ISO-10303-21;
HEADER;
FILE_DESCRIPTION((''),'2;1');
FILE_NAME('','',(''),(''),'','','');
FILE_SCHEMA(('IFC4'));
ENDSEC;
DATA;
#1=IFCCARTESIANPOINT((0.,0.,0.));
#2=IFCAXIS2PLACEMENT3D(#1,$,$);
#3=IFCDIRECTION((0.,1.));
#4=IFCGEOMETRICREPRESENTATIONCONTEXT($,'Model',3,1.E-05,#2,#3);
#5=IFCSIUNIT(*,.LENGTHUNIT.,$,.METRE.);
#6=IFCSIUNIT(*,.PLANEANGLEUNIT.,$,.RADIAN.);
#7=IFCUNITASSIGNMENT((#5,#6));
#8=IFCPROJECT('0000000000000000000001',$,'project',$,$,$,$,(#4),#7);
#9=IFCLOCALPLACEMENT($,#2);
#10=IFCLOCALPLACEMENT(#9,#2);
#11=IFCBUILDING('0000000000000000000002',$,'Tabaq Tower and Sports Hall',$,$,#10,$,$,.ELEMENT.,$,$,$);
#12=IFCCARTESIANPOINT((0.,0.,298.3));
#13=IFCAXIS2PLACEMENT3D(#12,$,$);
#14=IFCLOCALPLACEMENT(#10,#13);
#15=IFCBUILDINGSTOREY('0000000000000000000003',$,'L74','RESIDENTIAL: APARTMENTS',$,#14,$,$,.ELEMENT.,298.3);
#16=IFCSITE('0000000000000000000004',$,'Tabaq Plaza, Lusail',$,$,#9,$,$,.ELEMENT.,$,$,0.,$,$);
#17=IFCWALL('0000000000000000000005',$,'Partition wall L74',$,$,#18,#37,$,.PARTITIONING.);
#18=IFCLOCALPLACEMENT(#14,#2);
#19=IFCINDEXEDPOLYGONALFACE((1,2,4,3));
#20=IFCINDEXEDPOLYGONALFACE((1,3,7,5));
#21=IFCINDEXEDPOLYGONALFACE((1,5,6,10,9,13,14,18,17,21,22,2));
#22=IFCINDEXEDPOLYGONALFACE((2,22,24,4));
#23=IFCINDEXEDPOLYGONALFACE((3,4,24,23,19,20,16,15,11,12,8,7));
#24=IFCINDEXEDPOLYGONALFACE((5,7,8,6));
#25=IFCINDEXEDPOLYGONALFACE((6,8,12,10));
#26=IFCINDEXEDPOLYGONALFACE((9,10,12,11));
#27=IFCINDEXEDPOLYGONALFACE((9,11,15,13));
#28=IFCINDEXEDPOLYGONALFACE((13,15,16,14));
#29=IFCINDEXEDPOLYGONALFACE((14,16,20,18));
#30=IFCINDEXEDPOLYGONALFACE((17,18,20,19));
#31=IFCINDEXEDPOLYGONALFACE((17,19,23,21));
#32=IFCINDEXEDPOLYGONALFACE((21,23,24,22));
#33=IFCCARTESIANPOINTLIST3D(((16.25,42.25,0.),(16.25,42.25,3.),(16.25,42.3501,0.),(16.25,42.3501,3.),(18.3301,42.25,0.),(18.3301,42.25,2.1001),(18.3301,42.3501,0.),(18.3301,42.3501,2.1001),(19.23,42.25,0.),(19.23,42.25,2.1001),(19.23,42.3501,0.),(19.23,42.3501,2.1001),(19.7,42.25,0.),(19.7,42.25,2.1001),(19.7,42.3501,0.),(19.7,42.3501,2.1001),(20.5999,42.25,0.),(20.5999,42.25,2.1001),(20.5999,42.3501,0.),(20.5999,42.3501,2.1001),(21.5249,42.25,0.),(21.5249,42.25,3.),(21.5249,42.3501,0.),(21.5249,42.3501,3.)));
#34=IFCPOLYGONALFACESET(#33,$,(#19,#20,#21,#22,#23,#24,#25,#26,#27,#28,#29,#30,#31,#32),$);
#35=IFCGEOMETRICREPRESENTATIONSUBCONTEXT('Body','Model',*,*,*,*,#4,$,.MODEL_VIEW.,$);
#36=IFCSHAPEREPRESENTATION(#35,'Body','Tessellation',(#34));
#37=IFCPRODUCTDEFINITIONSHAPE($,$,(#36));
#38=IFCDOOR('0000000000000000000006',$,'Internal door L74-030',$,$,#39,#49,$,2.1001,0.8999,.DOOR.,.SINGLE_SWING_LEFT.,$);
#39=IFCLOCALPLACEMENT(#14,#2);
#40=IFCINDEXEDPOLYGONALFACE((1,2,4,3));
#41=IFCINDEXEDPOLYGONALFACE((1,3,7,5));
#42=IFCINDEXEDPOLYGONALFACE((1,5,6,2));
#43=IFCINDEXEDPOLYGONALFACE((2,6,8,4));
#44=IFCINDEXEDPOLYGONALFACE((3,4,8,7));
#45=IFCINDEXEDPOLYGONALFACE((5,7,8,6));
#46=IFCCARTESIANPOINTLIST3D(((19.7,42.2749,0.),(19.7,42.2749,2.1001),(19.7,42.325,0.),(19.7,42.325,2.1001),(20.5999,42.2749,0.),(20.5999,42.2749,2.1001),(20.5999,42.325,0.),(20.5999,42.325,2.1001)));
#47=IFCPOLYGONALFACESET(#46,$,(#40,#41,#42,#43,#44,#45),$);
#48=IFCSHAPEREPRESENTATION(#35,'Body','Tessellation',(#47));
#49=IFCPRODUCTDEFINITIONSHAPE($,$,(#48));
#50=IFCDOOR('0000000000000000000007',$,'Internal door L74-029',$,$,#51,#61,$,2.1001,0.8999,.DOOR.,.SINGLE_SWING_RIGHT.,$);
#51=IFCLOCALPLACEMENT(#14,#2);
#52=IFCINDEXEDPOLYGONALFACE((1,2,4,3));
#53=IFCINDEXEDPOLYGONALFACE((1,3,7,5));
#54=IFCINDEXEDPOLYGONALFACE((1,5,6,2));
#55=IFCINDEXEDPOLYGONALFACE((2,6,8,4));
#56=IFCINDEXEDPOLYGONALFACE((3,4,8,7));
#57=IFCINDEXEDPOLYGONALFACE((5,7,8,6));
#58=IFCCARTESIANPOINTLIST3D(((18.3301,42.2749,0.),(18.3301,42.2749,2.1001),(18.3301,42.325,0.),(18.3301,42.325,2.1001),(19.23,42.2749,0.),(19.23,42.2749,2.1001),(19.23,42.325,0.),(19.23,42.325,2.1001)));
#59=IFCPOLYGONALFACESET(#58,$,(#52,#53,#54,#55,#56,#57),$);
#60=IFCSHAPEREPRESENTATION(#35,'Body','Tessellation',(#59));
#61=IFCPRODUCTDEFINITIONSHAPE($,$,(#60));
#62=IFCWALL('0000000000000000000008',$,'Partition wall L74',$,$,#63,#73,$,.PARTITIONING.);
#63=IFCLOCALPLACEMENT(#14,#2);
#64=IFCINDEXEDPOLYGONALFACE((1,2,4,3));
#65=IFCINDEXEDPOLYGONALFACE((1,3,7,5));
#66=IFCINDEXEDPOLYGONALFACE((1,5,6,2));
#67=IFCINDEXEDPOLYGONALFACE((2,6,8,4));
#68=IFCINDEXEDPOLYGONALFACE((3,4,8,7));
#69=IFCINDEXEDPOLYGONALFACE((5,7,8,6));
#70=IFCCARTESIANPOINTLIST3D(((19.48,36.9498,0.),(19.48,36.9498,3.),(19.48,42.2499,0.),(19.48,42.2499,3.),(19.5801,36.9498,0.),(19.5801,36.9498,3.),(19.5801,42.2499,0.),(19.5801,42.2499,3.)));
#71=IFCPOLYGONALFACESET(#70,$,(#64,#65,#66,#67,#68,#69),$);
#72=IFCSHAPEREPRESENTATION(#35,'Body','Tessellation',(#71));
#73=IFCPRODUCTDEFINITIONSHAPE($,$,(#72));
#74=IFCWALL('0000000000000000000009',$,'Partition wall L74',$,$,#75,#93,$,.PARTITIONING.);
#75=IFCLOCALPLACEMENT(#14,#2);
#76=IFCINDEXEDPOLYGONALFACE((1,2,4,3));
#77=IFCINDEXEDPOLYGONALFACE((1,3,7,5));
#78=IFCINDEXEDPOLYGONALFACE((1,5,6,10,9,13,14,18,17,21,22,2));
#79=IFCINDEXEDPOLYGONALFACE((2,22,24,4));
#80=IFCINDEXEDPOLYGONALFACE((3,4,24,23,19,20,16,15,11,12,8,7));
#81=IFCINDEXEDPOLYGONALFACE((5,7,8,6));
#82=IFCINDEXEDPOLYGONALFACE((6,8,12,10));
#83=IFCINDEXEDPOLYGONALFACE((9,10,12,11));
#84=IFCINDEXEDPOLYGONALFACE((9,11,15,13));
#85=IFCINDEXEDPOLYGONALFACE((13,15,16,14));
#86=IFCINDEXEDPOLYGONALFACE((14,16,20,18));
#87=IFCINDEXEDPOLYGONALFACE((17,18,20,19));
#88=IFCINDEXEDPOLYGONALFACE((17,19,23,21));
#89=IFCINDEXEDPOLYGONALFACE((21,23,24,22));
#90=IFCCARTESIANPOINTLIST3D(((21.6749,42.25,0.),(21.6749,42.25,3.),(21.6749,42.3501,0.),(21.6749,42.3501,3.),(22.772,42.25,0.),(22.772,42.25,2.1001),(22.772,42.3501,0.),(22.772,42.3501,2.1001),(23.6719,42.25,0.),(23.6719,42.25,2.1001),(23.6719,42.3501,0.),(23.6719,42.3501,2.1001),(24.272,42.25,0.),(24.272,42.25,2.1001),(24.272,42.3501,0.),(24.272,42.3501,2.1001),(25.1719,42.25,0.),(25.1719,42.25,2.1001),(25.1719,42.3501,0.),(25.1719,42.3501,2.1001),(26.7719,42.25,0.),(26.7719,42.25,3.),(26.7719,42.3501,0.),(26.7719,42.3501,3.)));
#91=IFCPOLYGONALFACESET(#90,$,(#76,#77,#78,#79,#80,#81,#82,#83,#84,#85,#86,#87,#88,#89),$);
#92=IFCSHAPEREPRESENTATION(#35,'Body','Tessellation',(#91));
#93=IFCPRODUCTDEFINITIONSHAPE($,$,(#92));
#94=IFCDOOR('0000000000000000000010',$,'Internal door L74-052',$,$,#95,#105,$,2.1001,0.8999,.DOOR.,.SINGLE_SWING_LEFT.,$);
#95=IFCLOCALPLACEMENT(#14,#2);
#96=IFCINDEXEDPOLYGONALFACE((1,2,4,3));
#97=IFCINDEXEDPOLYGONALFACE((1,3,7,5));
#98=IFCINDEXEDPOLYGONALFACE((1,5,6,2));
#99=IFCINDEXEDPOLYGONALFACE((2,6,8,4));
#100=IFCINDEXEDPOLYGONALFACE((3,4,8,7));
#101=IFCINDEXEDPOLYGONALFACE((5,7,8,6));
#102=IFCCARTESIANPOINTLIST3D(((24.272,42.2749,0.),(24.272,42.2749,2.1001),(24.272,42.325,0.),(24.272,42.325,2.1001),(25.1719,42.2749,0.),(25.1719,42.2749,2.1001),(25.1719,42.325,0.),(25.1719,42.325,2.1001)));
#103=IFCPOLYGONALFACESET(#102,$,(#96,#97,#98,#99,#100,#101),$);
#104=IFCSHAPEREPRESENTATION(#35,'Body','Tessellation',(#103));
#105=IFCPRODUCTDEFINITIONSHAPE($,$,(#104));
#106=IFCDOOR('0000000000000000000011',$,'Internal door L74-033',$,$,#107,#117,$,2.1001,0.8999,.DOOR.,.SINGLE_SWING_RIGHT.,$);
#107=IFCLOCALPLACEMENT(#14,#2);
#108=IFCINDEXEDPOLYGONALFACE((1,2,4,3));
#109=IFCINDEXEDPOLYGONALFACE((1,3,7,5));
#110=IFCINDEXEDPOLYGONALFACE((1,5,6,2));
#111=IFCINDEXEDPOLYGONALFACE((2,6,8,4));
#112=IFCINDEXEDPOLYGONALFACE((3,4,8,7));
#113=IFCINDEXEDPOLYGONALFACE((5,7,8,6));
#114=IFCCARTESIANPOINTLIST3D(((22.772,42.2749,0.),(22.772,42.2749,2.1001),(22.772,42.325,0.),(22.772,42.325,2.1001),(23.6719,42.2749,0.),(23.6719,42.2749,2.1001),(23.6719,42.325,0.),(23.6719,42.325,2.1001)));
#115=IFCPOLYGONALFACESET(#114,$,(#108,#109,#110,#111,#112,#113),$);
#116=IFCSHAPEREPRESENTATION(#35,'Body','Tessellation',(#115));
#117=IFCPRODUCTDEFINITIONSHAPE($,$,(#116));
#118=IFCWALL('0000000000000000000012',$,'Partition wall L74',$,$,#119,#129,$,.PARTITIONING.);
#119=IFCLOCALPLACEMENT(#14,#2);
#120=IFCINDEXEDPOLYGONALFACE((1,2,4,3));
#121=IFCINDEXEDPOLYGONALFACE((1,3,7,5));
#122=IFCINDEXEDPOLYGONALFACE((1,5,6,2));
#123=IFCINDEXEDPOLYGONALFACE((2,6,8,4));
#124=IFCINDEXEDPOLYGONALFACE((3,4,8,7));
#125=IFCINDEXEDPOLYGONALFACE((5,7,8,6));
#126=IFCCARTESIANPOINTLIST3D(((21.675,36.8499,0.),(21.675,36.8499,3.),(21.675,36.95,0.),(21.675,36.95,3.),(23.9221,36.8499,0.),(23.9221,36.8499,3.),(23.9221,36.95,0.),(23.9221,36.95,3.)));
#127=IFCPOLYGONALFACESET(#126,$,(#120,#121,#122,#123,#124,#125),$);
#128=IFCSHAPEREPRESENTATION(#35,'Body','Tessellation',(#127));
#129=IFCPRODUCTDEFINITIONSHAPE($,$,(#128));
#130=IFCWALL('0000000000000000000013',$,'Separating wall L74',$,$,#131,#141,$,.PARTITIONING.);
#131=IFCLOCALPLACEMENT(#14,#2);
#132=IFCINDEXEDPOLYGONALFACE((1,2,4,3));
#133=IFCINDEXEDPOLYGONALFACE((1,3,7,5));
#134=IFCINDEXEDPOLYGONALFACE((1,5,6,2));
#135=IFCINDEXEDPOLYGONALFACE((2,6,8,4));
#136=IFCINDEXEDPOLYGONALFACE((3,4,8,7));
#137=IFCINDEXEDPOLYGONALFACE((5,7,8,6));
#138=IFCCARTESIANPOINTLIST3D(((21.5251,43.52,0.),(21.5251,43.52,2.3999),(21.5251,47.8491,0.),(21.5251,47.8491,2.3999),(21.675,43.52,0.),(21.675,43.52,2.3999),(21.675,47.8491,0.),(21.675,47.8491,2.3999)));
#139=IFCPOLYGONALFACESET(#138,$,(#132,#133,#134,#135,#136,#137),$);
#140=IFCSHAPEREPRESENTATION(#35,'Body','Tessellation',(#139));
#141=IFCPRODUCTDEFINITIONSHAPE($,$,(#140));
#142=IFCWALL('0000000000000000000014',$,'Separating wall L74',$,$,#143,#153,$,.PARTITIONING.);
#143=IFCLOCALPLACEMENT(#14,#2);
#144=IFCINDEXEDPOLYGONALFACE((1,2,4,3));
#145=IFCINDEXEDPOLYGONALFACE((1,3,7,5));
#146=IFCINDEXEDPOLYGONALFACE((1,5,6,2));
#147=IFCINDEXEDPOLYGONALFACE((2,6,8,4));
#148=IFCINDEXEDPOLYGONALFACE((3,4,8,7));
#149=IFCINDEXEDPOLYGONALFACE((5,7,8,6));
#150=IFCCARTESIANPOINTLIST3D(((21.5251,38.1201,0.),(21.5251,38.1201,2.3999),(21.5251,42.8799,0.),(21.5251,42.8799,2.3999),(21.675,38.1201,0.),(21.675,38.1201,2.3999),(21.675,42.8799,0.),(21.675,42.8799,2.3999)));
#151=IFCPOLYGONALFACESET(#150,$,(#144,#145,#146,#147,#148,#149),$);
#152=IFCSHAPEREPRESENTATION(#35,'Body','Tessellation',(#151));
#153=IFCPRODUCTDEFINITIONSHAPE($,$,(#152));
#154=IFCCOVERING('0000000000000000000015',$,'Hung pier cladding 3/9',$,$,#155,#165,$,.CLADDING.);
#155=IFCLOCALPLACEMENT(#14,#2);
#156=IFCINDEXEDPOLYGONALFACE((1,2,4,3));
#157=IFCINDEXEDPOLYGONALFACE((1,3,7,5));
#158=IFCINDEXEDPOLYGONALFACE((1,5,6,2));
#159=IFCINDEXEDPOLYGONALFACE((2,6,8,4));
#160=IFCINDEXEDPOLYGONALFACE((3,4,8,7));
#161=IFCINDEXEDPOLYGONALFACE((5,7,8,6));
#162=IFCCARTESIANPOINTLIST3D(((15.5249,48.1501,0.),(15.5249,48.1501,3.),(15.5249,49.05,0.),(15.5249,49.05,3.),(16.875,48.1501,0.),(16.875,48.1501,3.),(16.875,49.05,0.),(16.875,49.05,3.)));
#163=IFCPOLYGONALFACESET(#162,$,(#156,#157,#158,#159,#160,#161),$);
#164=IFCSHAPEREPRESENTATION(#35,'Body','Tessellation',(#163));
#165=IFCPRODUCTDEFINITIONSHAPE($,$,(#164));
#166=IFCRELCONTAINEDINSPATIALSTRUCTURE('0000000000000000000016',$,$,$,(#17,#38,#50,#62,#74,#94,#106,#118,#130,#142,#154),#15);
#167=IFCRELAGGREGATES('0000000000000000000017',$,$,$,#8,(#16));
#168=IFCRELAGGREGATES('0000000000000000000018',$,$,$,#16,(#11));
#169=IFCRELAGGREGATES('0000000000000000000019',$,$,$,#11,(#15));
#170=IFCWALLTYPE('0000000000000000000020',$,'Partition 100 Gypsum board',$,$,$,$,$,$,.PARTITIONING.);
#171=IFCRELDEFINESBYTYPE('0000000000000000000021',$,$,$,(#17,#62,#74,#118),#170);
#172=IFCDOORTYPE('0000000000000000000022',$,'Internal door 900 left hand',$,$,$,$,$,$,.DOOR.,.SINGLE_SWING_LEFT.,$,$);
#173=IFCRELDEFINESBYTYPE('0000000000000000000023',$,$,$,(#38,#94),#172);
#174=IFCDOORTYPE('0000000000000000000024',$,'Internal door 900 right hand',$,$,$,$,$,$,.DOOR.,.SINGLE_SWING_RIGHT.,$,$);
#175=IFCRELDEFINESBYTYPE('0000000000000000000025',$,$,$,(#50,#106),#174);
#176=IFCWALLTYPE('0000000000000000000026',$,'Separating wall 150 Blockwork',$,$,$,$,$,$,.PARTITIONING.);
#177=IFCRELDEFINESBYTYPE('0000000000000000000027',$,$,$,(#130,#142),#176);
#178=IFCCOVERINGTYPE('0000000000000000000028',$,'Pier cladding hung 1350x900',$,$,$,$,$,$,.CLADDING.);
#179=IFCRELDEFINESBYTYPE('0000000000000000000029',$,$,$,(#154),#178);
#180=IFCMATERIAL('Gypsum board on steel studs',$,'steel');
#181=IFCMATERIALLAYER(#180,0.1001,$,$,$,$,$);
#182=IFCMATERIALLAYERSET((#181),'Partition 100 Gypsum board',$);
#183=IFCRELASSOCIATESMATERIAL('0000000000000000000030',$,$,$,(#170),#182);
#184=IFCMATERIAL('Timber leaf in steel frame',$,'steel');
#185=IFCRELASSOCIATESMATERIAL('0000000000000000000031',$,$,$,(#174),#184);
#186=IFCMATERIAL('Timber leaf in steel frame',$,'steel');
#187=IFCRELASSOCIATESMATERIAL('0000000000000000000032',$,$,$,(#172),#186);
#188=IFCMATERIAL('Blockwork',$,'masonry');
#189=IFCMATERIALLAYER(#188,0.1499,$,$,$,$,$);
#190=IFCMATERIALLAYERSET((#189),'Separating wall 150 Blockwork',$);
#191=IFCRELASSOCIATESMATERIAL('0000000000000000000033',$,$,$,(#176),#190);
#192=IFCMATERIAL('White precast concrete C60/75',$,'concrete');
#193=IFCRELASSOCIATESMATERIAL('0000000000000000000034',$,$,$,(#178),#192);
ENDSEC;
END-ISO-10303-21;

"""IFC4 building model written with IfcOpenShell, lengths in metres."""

from ifc_helpers import new_model, si_unit, direction, frame, frame_2d, origin, place, context, subcontext, project, spatial, rectangle, extrude, material, layer, layer_set, type_object, element, fill, save


model = new_model("IFC4")

# Units and contexts
model_context = context("Model", 3, precision=1e-05, world=origin(), true_north=direction((0.0, 1.0)))
body_context = subcontext(model_context, "Body", "Model", "MODEL_VIEW")
ifc_project = project(units=[si_unit("LENGTHUNIT", "METRE"), si_unit("PLANEANGLEUNIT", "RADIAN")], contexts=[model_context])

# Site, building, storey
site_placement = place(None, origin())
site = spatial("IfcSite", under=ifc_project, at=site_placement, Name="Tabaq Plaza, Lusail", CompositionType="ELEMENT", RefElevation=0.0)
building_placement = place(site_placement, origin())
building = spatial("IfcBuilding", under=site, at=building_placement, Name="Tabaq Tower and Sports Hall", CompositionType="ELEMENT")
storey_placement = place(building_placement, frame((0.0, 0.0, 298.3)))
storey = spatial("IfcBuildingStorey", under=building, at=storey_placement, Name="L74", Description="RESIDENTIAL: APARTMENTS", CompositionType="ELEMENT", Elevation=298.3)

# Shared definitions
ifc_material_1 = material(Name="Gypsum board on steel studs", Category="steel")
ifc_layer_1 = layer(ifc_material_1, 0.1001)
ifc_layer_set_1 = layer_set([ifc_layer_1], Name="Partition 100 Gypsum board")
wall_type_1 = type_object("IfcWallType", Name="Partition 100 Gypsum board", PredefinedType="PARTITIONING", material=ifc_layer_set_1)

# Shared definitions
ifc_material_2 = material(Name="Timber leaf in steel frame", Category="steel")
door_type_1 = type_object("IfcDoorType", Name="Internal door 900 right hand", OperationType="SINGLE_SWING_RIGHT", PredefinedType="DOOR", material=ifc_material_2)

# Wall, openings, doors
wall_1_placement = place(storey_placement, frame((16.25, 42.3, 0.0), z_axis=(0.0, 0.0, 1.0), x_axis=(1.0, 0.0, 0.0)))
wall_1 = element("IfcWall", 1, at=wall_1_placement, inside=storey, type_object=wall_type_1, Name="Partition wall L74", PredefinedType="PARTITIONING", context=body_context, shape_type="SweptSolid", body=[
    extrude(rectangle(XDim=5.2749, YDim=0.1001, at=frame_2d((2.6375, 0.0))), origin(), (0.0, 0.0, 1.0), 3.0),
])
opening_1_placement = place(wall_1_placement, frame((2.0801, 0.0, 0.0)))
opening_1 = element("IfcOpeningElement", 2, at=opening_1_placement, cuts=wall_1, PredefinedType="OPENING", context=body_context, shape_type="SweptSolid", body=[
    extrude(rectangle(XDim=0.8999, YDim=2.1001, at=frame_2d((0.45, 1.05))), frame((0.0, 0.05, 0.0), z_axis=(0.0, -1.0, 0.0), x_axis=(1.0, 0.0, 0.0)), (0.0, 0.0, 1.0), 0.1001),
])
opening_2_placement = place(wall_1_placement, frame((3.45, 0.0, 0.0)))
opening_2 = element("IfcOpeningElement", 3, at=opening_2_placement, cuts=wall_1, PredefinedType="OPENING", context=body_context, shape_type="SweptSolid", body=[
    extrude(rectangle(XDim=0.8999, YDim=2.1001, at=frame_2d((0.45, 1.05))), frame((0.0, 0.05, 0.0), z_axis=(0.0, -1.0, 0.0), x_axis=(1.0, 0.0, 0.0)), (0.0, 0.0, 1.0), 0.1001),
])
ifc_material_3 = material(Name="Timber leaf in steel frame", Category="steel")
door_type_2 = type_object("IfcDoorType", Name="Internal door 900 left hand", OperationType="SINGLE_SWING_LEFT", PredefinedType="DOOR", material=ifc_material_3)
door_1_placement = place(opening_2_placement, origin())
door_1 = element("IfcDoor", 4, at=door_1_placement, inside=storey, type_object=door_type_2, Name="Internal door L74-030", OperationType="SINGLE_SWING_LEFT", OverallHeight=2.1001, OverallWidth=0.8999, PredefinedType="DOOR", context=body_context, shape_type="SweptSolid", body=[
    extrude(rectangle(XDim=0.8999, YDim=2.1001, at=frame_2d((0.45, 1.05))), frame((0.0, 0.0249, 0.0), z_axis=(0.0, -1.0, 0.0), x_axis=(1.0, 0.0, 0.0)), (0.0, 0.0, 1.0), 0.05),
])
fill(opening_2, door_1)
door_2_placement = place(opening_1_placement, origin())
door_2 = element("IfcDoor", 5, at=door_2_placement, inside=storey, type_object=door_type_1, Name="Internal door L74-029", OperationType="SINGLE_SWING_RIGHT", OverallHeight=2.1001, OverallWidth=0.8999, PredefinedType="DOOR", context=body_context, shape_type="SweptSolid", body=[
    extrude(rectangle(XDim=0.8999, YDim=2.1001, at=frame_2d((0.45, 1.05))), frame((0.0, 0.0249, 0.0), z_axis=(0.0, -1.0, 0.0), x_axis=(1.0, 0.0, 0.0)), (0.0, 0.0, 1.0), 0.05),
])
fill(opening_1, door_2)

# Wall
wall_2_placement = place(storey_placement, frame((19.53, 36.95, 0.0), z_axis=(0.0, 0.0, 1.0), x_axis=(0.0, 1.0, 0.0)))
element("IfcWall", 6, at=wall_2_placement, inside=storey, type_object=wall_type_1, Name="Partition wall L74", PredefinedType="PARTITIONING", context=body_context, shape_type="SweptSolid", body=[
    extrude(rectangle(XDim=5.3, YDim=0.1001, at=frame_2d((2.6499, 0.0))), origin(), (0.0, 0.0, 1.0), 3.0),
])

# Wall, openings, doors
wall_3_placement = place(storey_placement, frame((21.675, 42.3, 0.0), z_axis=(0.0, 0.0, 1.0), x_axis=(1.0, 0.0, 0.0)))
wall_3 = element("IfcWall", 7, at=wall_3_placement, inside=storey, type_object=wall_type_1, Name="Partition wall L74", PredefinedType="PARTITIONING", context=body_context, shape_type="SweptSolid", body=[
    extrude(rectangle(XDim=5.0969, YDim=0.1001, at=frame_2d((2.5483, 0.0))), origin(), (0.0, 0.0, 1.0), 3.0),
])
opening_3_placement = place(wall_3_placement, frame((1.0969, 0.0, 0.0)))
opening_3 = element("IfcOpeningElement", 8, at=opening_3_placement, cuts=wall_3, PredefinedType="OPENING", context=body_context, shape_type="SweptSolid", body=[
    extrude(rectangle(XDim=0.8999, YDim=2.1001, at=frame_2d((0.45, 1.05))), frame((0.0, 0.05, 0.0), z_axis=(0.0, -1.0, 0.0), x_axis=(1.0, 0.0, 0.0)), (0.0, 0.0, 1.0), 0.1001),
])
opening_4_placement = place(wall_3_placement, frame((2.5969, 0.0, 0.0)))
opening_4 = element("IfcOpeningElement", 9, at=opening_4_placement, cuts=wall_3, PredefinedType="OPENING", context=body_context, shape_type="SweptSolid", body=[
    extrude(rectangle(XDim=0.8999, YDim=2.1001, at=frame_2d((0.45, 1.05))), frame((0.0, 0.05, 0.0), z_axis=(0.0, -1.0, 0.0), x_axis=(1.0, 0.0, 0.0)), (0.0, 0.0, 1.0), 0.1001),
])
door_3_placement = place(opening_4_placement, origin())
door_3 = element("IfcDoor", 10, at=door_3_placement, inside=storey, type_object=door_type_2, Name="Internal door L74-052", OperationType="SINGLE_SWING_LEFT", OverallHeight=2.1001, OverallWidth=0.8999, PredefinedType="DOOR", context=body_context, shape_type="SweptSolid", body=[
    extrude(rectangle(XDim=0.8999, YDim=2.1001, at=frame_2d((0.45, 1.05))), frame((0.0, 0.0249, 0.0), z_axis=(0.0, -1.0, 0.0), x_axis=(1.0, 0.0, 0.0)), (0.0, 0.0, 1.0), 0.05),
])
fill(opening_4, door_3)
door_4_placement = place(opening_3_placement, origin())
door_4 = element("IfcDoor", 11, at=door_4_placement, inside=storey, type_object=door_type_1, Name="Internal door L74-033", OperationType="SINGLE_SWING_RIGHT", OverallHeight=2.1001, OverallWidth=0.8999, PredefinedType="DOOR", context=body_context, shape_type="SweptSolid", body=[
    extrude(rectangle(XDim=0.8999, YDim=2.1001, at=frame_2d((0.45, 1.05))), frame((0.0, 0.0249, 0.0), z_axis=(0.0, -1.0, 0.0), x_axis=(1.0, 0.0, 0.0)), (0.0, 0.0, 1.0), 0.05),
])
fill(opening_3, door_4)

# Walls
wall_4_placement = place(storey_placement, frame((21.675, 36.8999, 0.0), z_axis=(0.0, 0.0, 1.0), x_axis=(1.0, 0.0, 0.0)))
element("IfcWall", 12, at=wall_4_placement, inside=storey, type_object=wall_type_1, Name="Partition wall L74", PredefinedType="PARTITIONING", context=body_context, shape_type="SweptSolid", body=[
    extrude(rectangle(XDim=2.2471, YDim=0.1001, at=frame_2d((1.1235, 0.0))), origin(), (0.0, 0.0, 1.0), 3.0),
])
ifc_material_4 = material(Name="Blockwork", Category="masonry")
ifc_layer_2 = layer(ifc_material_4, 0.1499)
ifc_layer_set_2 = layer_set([ifc_layer_2], Name="Separating wall 150 Blockwork")
wall_type_2 = type_object("IfcWallType", Name="Separating wall 150 Blockwork", PredefinedType="PARTITIONING", material=ifc_layer_set_2)
wall_5_placement = place(storey_placement, frame((21.6001, 43.52, 0.0), z_axis=(0.0, 0.0, 1.0), x_axis=(0.0, 1.0, 0.0)))
element("IfcWall", 13, at=wall_5_placement, inside=storey, type_object=wall_type_2, Name="Separating wall L74", PredefinedType="PARTITIONING", context=body_context, shape_type="SweptSolid", body=[
    extrude(rectangle(XDim=4.3291, YDim=0.1499, at=frame_2d((2.1646, 0.0))), origin(), (0.0, 0.0, 1.0), 2.3999),
])
wall_6_placement = place(storey_placement, frame((21.6001, 38.1201, 0.0), z_axis=(0.0, 0.0, 1.0), x_axis=(0.0, 1.0, 0.0)))
element("IfcWall", 14, at=wall_6_placement, inside=storey, type_object=wall_type_2, Name="Separating wall L74", PredefinedType="PARTITIONING", context=body_context, shape_type="SweptSolid", body=[
    extrude(rectangle(XDim=4.7598, YDim=0.1499, at=frame_2d((2.3799, 0.0))), origin(), (0.0, 0.0, 1.0), 2.3999),
])

# Covering
ifc_material_5 = material(Name="White precast concrete C60/75", Category="concrete")
covering_type_1 = type_object("IfcCoveringType", Name="Pier cladding hung 1350x900", PredefinedType="CLADDING", material=ifc_material_5)
covering_1_placement = place(storey_placement, frame((16.875, 48.6001, 0.0), z_axis=(0.0, 0.0, 1.0), x_axis=(-1.0, 0.0, 0.0)))
element("IfcCovering", 15, at=covering_1_placement, inside=storey, type_object=covering_type_1, Name="Hung pier cladding 3/9", PredefinedType="CLADDING", context=body_context, shape_type="SweptSolid", body=[
    extrude(rectangle(XDim=1.3501, YDim=0.8999, at=frame_2d((0.675, 0.0))), origin(), (0.0, 0.0, 1.0), 3.0),
])

save(model, "model.ifc")
